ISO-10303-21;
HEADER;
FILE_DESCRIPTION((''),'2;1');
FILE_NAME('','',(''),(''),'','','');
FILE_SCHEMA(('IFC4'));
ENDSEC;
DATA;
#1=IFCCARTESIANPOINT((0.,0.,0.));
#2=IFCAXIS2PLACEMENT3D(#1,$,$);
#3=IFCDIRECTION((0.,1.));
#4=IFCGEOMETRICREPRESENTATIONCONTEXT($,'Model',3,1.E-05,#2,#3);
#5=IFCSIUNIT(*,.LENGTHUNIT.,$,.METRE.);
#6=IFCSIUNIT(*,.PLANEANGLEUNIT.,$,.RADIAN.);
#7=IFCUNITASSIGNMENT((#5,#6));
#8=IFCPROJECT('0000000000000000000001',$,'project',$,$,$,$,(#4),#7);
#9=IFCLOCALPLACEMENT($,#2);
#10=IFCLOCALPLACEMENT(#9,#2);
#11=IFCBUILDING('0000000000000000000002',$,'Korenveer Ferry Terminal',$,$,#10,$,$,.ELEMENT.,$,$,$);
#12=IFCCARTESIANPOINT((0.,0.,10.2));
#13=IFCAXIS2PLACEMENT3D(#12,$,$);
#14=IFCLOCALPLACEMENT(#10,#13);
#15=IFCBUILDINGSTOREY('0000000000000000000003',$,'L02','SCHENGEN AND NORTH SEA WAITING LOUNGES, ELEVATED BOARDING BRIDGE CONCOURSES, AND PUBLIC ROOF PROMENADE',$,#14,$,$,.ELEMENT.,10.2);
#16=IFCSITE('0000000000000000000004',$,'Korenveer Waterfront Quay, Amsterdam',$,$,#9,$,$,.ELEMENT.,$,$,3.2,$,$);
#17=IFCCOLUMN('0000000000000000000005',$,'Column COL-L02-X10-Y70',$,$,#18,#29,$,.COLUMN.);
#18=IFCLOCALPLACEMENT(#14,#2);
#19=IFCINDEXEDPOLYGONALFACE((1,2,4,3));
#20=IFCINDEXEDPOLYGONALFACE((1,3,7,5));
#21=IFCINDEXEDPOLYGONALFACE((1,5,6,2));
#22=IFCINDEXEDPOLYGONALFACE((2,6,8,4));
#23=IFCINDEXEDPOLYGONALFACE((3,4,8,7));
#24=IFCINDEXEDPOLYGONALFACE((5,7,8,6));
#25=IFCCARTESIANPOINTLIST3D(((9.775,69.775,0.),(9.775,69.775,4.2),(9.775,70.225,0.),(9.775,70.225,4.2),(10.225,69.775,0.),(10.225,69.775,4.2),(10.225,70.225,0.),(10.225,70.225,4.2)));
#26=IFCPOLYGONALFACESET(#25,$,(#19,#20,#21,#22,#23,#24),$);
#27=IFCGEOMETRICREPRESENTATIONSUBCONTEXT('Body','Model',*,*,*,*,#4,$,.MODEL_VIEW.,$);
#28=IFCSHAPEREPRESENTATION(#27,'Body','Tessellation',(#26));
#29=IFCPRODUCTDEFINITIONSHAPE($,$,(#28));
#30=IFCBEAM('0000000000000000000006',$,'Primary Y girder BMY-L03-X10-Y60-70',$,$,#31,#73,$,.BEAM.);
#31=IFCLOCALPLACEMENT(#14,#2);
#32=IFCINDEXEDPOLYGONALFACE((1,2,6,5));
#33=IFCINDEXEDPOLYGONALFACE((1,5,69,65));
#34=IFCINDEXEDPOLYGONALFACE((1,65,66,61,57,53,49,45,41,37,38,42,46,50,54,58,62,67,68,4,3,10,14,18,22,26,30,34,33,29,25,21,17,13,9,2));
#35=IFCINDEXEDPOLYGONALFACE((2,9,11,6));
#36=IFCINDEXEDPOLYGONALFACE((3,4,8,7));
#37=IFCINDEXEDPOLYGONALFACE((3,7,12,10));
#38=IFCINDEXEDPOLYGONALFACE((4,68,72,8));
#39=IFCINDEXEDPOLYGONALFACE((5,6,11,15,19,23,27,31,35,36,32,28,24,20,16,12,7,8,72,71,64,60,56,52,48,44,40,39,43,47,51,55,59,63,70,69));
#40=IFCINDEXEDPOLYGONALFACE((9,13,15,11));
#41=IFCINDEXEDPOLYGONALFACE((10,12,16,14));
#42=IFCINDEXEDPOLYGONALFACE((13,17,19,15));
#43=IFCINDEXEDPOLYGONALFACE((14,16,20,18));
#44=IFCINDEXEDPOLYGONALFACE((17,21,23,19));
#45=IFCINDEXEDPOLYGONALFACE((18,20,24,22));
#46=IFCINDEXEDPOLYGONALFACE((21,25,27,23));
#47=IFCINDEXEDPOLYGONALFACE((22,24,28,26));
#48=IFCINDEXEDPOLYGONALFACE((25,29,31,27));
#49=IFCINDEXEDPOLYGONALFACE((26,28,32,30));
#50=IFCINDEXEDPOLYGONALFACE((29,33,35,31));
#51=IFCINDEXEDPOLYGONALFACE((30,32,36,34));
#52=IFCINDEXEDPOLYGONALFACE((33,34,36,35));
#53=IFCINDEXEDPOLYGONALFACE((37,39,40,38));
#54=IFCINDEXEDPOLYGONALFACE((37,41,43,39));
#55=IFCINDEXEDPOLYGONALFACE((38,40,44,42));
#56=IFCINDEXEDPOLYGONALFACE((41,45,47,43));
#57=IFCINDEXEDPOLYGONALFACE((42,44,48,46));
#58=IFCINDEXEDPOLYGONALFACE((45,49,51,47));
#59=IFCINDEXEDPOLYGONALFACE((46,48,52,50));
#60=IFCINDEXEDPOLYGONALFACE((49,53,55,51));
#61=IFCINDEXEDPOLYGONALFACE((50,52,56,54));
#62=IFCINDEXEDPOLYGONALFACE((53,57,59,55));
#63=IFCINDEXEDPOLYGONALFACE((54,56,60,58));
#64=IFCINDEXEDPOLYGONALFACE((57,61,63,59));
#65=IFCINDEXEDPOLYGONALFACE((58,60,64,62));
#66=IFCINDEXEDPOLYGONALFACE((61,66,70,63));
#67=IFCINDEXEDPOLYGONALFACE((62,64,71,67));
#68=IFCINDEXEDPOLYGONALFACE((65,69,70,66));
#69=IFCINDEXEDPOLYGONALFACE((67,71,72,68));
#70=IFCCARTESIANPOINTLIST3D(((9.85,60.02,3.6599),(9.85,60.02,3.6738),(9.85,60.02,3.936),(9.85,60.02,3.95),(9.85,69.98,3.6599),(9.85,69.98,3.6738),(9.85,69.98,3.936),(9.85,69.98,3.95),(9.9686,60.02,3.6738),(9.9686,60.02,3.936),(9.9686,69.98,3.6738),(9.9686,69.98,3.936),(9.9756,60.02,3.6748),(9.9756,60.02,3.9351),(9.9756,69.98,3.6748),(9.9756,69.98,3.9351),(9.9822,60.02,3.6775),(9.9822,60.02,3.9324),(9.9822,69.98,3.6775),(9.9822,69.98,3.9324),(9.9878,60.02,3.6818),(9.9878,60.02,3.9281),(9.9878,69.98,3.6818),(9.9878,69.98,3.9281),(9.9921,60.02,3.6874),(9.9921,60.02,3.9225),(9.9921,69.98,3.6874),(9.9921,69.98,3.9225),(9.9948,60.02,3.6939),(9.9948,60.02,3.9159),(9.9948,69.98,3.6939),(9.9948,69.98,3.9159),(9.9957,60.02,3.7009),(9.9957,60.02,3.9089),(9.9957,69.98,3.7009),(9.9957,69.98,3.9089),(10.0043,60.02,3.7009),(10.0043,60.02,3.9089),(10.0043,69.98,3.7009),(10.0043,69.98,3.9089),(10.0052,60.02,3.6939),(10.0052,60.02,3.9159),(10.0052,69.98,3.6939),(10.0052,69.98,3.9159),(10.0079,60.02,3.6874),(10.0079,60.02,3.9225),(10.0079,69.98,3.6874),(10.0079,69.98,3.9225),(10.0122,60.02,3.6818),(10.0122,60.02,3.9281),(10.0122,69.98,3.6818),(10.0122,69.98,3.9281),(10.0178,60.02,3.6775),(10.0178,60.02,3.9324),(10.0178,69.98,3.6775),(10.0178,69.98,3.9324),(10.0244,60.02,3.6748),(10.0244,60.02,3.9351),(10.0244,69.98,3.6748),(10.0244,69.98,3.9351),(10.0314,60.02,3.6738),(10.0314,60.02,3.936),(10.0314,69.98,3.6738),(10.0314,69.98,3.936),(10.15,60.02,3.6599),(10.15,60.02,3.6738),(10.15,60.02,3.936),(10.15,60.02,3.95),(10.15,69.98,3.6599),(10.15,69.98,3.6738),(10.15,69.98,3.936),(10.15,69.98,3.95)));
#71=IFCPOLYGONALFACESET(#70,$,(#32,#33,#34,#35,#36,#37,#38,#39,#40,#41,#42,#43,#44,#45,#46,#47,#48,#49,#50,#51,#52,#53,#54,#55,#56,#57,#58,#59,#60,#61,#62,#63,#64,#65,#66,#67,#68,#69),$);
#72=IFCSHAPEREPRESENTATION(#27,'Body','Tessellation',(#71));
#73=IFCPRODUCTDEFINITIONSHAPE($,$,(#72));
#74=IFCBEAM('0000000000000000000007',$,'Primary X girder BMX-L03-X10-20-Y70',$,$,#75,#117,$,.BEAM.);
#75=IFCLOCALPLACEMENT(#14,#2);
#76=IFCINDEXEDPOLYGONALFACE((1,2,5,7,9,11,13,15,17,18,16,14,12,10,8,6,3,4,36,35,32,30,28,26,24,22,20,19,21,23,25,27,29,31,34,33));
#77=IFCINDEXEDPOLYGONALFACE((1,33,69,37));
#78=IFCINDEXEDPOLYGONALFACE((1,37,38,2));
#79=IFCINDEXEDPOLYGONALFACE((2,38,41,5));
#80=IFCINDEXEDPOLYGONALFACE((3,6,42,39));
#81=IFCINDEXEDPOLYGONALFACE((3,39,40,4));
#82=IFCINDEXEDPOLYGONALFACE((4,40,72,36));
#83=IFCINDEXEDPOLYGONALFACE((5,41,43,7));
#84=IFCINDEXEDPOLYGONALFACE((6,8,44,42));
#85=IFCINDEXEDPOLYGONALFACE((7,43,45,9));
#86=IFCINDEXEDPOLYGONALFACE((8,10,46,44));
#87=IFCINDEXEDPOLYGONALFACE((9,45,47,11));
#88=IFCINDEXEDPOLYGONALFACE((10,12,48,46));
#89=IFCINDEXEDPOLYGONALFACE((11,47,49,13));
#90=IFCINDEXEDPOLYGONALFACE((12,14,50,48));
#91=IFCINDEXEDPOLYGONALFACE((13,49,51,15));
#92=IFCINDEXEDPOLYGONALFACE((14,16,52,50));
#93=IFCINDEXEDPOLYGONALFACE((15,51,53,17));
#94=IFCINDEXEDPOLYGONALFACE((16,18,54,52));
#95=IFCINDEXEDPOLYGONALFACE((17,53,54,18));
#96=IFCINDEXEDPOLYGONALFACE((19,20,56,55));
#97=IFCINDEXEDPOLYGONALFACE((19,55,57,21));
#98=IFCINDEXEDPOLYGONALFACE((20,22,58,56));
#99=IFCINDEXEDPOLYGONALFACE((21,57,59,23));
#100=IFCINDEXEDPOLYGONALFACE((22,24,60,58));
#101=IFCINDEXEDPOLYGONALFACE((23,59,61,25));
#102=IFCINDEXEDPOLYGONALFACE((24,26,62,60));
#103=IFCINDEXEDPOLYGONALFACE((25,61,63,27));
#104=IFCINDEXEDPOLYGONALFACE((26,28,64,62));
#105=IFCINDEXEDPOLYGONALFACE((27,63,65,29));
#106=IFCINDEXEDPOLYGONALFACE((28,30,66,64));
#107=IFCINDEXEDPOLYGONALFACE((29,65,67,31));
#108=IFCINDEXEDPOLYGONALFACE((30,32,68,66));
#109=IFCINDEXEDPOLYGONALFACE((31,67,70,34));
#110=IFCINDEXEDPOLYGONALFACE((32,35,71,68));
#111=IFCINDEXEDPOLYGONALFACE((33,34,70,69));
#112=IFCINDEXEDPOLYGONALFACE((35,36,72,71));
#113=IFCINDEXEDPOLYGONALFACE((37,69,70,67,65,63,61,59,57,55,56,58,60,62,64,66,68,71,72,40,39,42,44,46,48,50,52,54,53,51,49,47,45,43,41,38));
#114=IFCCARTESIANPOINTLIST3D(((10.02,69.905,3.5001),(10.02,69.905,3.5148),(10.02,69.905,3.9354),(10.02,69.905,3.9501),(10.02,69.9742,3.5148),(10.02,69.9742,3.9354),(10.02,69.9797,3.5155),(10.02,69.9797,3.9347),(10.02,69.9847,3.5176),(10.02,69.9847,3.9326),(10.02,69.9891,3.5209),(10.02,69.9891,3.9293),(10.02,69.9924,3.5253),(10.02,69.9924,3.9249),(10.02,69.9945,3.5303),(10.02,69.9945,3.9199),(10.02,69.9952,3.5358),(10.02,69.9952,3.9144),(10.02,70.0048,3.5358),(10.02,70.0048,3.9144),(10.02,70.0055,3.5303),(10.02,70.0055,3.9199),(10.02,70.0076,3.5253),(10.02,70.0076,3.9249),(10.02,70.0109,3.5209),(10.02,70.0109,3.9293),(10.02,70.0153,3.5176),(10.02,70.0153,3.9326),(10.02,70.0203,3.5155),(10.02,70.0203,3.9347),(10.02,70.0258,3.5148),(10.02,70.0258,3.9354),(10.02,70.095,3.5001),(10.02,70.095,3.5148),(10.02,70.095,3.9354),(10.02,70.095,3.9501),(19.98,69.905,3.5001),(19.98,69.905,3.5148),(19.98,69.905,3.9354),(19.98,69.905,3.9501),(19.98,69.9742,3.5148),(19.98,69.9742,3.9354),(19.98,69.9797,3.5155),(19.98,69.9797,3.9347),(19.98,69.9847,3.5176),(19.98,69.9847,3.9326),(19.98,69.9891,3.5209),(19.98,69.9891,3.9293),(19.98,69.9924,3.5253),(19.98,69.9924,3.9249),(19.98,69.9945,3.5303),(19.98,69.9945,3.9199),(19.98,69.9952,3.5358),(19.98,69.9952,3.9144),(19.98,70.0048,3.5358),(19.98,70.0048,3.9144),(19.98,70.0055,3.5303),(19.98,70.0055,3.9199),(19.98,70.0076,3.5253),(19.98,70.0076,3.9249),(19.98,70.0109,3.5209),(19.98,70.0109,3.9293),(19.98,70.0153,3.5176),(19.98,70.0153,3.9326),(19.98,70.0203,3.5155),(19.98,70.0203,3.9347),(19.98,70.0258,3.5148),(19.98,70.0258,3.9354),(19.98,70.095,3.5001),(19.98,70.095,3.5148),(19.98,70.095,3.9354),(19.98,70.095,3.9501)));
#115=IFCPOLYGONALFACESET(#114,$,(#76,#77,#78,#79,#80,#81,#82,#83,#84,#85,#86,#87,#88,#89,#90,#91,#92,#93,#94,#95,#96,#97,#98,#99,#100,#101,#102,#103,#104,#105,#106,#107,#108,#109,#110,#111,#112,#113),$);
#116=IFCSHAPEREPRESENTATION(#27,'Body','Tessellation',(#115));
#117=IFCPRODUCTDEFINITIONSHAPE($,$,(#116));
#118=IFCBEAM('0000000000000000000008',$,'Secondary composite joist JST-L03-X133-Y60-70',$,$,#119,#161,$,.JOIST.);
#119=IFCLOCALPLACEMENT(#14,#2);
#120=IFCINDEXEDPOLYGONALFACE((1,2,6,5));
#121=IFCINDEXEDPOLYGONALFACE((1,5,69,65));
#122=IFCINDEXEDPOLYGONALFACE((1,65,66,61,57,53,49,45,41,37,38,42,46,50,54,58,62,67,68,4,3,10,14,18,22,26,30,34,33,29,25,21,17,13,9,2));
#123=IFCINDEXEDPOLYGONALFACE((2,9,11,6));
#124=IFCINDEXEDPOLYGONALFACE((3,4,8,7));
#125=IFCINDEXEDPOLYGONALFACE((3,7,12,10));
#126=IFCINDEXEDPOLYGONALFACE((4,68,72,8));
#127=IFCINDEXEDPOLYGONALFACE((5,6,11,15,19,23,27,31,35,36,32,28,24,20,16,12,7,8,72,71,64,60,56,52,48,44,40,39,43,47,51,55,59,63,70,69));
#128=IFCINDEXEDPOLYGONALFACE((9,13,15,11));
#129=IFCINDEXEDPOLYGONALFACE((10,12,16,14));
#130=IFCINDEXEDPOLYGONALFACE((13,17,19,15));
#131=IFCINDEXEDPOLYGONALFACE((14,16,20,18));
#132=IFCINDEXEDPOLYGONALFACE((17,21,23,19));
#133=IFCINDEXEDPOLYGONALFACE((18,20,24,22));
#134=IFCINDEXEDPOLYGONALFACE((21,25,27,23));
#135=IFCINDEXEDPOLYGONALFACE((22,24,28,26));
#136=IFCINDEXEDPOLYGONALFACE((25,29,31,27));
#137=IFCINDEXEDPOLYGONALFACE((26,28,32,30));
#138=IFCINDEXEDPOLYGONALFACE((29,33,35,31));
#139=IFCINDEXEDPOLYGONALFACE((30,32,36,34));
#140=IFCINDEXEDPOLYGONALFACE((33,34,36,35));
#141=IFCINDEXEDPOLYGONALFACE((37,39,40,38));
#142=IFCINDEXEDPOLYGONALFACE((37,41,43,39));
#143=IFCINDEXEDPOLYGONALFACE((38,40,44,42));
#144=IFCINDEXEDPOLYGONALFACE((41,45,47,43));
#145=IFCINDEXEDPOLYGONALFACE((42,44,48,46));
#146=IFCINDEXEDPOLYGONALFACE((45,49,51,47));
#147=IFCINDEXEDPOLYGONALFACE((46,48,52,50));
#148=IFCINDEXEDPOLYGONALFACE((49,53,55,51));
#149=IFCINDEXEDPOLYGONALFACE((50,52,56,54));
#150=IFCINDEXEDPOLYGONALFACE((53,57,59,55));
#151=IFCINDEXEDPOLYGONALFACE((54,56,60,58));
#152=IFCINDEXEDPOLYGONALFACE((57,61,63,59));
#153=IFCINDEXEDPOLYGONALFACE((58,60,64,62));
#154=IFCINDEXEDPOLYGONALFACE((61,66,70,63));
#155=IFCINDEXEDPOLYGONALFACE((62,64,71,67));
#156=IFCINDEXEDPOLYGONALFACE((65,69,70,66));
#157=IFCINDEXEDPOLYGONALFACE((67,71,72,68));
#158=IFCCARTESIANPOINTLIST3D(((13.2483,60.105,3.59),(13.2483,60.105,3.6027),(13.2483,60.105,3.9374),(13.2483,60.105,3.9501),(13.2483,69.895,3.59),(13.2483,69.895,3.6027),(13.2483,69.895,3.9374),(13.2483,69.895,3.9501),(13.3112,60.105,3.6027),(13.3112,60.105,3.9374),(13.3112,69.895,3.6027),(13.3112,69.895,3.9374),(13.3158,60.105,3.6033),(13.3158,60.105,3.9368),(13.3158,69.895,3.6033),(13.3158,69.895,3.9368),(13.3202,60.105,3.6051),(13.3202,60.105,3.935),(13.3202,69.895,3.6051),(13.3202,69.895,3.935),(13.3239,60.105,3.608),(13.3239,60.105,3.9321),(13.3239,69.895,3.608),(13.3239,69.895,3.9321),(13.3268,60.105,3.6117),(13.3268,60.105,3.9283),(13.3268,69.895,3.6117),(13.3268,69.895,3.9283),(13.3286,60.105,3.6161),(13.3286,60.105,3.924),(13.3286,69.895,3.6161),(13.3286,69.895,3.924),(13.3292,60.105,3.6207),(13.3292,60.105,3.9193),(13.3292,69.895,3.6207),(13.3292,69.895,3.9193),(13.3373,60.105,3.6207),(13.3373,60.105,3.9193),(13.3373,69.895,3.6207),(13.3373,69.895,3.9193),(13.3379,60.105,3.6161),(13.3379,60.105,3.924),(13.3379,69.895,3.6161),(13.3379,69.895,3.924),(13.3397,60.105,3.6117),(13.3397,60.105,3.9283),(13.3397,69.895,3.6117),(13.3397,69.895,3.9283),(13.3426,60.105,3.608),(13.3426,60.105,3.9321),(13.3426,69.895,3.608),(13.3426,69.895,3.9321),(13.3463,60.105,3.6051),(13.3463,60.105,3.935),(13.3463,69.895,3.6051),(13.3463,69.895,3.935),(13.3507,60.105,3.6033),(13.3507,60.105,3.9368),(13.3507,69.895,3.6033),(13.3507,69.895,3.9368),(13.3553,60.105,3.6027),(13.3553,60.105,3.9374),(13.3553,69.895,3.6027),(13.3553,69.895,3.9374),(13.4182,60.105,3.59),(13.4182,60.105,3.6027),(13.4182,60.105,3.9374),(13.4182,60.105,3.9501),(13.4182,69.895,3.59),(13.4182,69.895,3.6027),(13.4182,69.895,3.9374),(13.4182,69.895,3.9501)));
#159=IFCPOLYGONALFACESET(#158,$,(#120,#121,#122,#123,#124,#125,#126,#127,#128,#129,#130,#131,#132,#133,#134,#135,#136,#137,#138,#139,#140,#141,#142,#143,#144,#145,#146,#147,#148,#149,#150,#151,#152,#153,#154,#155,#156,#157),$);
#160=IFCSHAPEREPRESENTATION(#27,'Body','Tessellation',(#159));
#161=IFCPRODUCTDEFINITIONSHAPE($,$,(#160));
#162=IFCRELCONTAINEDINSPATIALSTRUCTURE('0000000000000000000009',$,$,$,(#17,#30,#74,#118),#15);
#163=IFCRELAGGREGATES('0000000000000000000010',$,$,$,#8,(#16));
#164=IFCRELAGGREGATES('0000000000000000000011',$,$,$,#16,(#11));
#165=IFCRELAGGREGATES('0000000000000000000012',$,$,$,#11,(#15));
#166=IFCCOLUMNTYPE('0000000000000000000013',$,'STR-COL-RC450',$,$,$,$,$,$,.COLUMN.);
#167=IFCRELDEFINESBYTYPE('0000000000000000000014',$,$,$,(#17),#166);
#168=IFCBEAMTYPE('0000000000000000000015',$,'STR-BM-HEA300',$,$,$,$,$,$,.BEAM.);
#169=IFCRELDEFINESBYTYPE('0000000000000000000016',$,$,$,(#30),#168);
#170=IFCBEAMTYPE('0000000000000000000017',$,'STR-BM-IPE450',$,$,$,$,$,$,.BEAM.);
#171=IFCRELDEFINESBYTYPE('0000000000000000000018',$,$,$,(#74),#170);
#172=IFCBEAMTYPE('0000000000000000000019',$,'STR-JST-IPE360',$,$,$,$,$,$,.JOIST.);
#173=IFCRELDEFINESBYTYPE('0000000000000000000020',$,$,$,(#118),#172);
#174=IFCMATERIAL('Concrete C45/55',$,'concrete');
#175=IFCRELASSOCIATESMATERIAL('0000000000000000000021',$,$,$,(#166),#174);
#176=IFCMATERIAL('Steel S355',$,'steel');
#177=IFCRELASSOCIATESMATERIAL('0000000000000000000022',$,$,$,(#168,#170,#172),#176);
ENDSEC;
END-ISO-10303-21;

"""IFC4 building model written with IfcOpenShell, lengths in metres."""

from ifc_helpers import new_model, si_unit, direction, frame, origin, origin_2d, place, context, subcontext, project, spatial, rectangle, i_section, extrude, material, material_profile, profile_set, type_object, element, save


model = new_model("IFC4")

# Units and contexts
model_context = context("Model", 3, precision=1e-05, world=origin(), true_north=direction((0.0, 1.0)))
body_context = subcontext(model_context, "Body", "Model", "MODEL_VIEW")
ifc_project = project(units=[si_unit("LENGTHUNIT", "METRE"), si_unit("PLANEANGLEUNIT", "RADIAN")], contexts=[model_context])

# Site, building, storey
site_placement = place(None, origin())
site = spatial("IfcSite", under=ifc_project, at=site_placement, Name="Korenveer Waterfront Quay, Amsterdam", CompositionType="ELEMENT", RefElevation=3.2)
building_placement = place(site_placement, origin())
building = spatial("IfcBuilding", under=site, at=building_placement, Name="Korenveer Ferry Terminal", CompositionType="ELEMENT")
storey_placement = place(building_placement, frame((0.0, 0.0, 10.2)))
storey = spatial("IfcBuildingStorey", under=building, at=storey_placement, Name="L02", Description="SCHENGEN AND NORTH SEA WAITING LOUNGES, ELEVATED BOARDING BRIDGE CONCOURSES, AND PUBLIC ROOF PROMENADE", CompositionType="ELEMENT", Elevation=10.2)

# Column
ifc_material_1 = material(Name="Concrete C45/55", Category="concrete")
ifc_material_profile_1 = material_profile(ifc_material_1, rectangle(XDim=0.45, YDim=0.45, at=origin_2d()), Name="RC 450x450")
ifc_profile_set_1 = profile_set([ifc_material_profile_1], Name="Concrete C45/55")
column_type = type_object("IfcColumnType", Name="STR-COL-RC450", PredefinedType="COLUMN", material=ifc_profile_set_1)
column_placement = place(storey_placement, frame((10.0, 70.0, 0.0), z_axis=(0.0, 0.0, 1.0), x_axis=(1.0, 0.0, 0.0)))
element("IfcColumn", 1, at=column_placement, inside=storey, type_object=column_type, Name="Column COL-L02-X10-Y70", PredefinedType="COLUMN", context=body_context, shape_type="SweptSolid", body=[
    extrude(rectangle(XDim=0.45, YDim=0.45, at=origin_2d()), origin(), (0.0, 0.0, 1.0), 4.2),
])

# Beams
ifc_material_2 = material(Name="Steel S355", Category="steel")
ifc_material_profile_2 = material_profile(ifc_material_2, i_section(OverallWidth=0.3, OverallDepth=0.29, WebThickness=0.0085, FlangeThickness=0.0139, FilletRadius=0.0271, at=origin_2d()), Name="HEA 300")
ifc_profile_set_2 = profile_set([ifc_material_profile_2], Name="Steel S355")
beam_type_1 = type_object("IfcBeamType", Name="STR-BM-HEA300", PredefinedType="BEAM", material=ifc_profile_set_2)
beam_1_placement = place(storey_placement, frame((10.0, 60.02, 3.8049), z_axis=(0.0, 1.0, 0.0), x_axis=(-1.0, 0.0, 0.0)))
element("IfcBeam", 2, at=beam_1_placement, inside=storey, type_object=beam_type_1, Name="Primary Y girder BMY-L03-X10-Y60-70", PredefinedType="BEAM", context=body_context, shape_type="SweptSolid", body=[
    extrude(i_section(OverallWidth=0.3, OverallDepth=0.29, WebThickness=0.0085, FlangeThickness=0.0139, FilletRadius=0.0271, at=origin_2d()), origin(), (0.0, 0.0, 1.0), 9.96),
])
ifc_material_profile_3 = material_profile(ifc_material_2, i_section(OverallWidth=0.1899, OverallDepth=0.45, WebThickness=0.0095, FlangeThickness=0.0146, FilletRadius=0.021, at=origin_2d()), Name="IPE 450")
ifc_profile_set_3 = profile_set([ifc_material_profile_3], Name="Steel S355")
beam_type_2 = type_object("IfcBeamType", Name="STR-BM-IPE450", PredefinedType="BEAM", material=ifc_profile_set_3)
beam_2_placement = place(storey_placement, frame((10.02, 70.0, 3.7251), z_axis=(1.0, 0.0, 0.0), x_axis=(0.0, 1.0, 0.0)))
element("IfcBeam", 3, at=beam_2_placement, inside=storey, type_object=beam_type_2, Name="Primary X girder BMX-L03-X10-20-Y70", PredefinedType="BEAM", context=body_context, shape_type="SweptSolid", body=[
    extrude(i_section(OverallWidth=0.1899, OverallDepth=0.45, WebThickness=0.0095, FlangeThickness=0.0146, FilletRadius=0.021, at=origin_2d()), origin(), (0.0, 0.0, 1.0), 9.96),
])
ifc_material_profile_4 = material_profile(ifc_material_2, i_section(OverallWidth=0.1699, OverallDepth=0.3601, WebThickness=0.0081, FlangeThickness=0.0127, FilletRadius=0.0181, at=origin_2d()), Name="IPE 360")
ifc_profile_set_4 = profile_set([ifc_material_profile_4], Name="Steel S355")
beam_type_3 = type_object("IfcBeamType", Name="STR-JST-IPE360", PredefinedType="JOIST", material=ifc_profile_set_4)
beam_3_placement = place(storey_placement, frame((13.3333, 60.105, 3.77), z_axis=(0.0, 1.0, 0.0), x_axis=(-1.0, 0.0, 0.0)))
element("IfcBeam", 4, at=beam_3_placement, inside=storey, type_object=beam_type_3, Name="Secondary composite joist JST-L03-X133-Y60-70", PredefinedType="JOIST", context=body_context, shape_type="SweptSolid", body=[
    extrude(i_section(OverallWidth=0.1699, OverallDepth=0.3601, WebThickness=0.0081, FlangeThickness=0.0127, FilletRadius=0.0181, at=origin_2d()), origin(), (0.0, 0.0, 1.0), 9.79),
])

save(model, "model.ifc")
